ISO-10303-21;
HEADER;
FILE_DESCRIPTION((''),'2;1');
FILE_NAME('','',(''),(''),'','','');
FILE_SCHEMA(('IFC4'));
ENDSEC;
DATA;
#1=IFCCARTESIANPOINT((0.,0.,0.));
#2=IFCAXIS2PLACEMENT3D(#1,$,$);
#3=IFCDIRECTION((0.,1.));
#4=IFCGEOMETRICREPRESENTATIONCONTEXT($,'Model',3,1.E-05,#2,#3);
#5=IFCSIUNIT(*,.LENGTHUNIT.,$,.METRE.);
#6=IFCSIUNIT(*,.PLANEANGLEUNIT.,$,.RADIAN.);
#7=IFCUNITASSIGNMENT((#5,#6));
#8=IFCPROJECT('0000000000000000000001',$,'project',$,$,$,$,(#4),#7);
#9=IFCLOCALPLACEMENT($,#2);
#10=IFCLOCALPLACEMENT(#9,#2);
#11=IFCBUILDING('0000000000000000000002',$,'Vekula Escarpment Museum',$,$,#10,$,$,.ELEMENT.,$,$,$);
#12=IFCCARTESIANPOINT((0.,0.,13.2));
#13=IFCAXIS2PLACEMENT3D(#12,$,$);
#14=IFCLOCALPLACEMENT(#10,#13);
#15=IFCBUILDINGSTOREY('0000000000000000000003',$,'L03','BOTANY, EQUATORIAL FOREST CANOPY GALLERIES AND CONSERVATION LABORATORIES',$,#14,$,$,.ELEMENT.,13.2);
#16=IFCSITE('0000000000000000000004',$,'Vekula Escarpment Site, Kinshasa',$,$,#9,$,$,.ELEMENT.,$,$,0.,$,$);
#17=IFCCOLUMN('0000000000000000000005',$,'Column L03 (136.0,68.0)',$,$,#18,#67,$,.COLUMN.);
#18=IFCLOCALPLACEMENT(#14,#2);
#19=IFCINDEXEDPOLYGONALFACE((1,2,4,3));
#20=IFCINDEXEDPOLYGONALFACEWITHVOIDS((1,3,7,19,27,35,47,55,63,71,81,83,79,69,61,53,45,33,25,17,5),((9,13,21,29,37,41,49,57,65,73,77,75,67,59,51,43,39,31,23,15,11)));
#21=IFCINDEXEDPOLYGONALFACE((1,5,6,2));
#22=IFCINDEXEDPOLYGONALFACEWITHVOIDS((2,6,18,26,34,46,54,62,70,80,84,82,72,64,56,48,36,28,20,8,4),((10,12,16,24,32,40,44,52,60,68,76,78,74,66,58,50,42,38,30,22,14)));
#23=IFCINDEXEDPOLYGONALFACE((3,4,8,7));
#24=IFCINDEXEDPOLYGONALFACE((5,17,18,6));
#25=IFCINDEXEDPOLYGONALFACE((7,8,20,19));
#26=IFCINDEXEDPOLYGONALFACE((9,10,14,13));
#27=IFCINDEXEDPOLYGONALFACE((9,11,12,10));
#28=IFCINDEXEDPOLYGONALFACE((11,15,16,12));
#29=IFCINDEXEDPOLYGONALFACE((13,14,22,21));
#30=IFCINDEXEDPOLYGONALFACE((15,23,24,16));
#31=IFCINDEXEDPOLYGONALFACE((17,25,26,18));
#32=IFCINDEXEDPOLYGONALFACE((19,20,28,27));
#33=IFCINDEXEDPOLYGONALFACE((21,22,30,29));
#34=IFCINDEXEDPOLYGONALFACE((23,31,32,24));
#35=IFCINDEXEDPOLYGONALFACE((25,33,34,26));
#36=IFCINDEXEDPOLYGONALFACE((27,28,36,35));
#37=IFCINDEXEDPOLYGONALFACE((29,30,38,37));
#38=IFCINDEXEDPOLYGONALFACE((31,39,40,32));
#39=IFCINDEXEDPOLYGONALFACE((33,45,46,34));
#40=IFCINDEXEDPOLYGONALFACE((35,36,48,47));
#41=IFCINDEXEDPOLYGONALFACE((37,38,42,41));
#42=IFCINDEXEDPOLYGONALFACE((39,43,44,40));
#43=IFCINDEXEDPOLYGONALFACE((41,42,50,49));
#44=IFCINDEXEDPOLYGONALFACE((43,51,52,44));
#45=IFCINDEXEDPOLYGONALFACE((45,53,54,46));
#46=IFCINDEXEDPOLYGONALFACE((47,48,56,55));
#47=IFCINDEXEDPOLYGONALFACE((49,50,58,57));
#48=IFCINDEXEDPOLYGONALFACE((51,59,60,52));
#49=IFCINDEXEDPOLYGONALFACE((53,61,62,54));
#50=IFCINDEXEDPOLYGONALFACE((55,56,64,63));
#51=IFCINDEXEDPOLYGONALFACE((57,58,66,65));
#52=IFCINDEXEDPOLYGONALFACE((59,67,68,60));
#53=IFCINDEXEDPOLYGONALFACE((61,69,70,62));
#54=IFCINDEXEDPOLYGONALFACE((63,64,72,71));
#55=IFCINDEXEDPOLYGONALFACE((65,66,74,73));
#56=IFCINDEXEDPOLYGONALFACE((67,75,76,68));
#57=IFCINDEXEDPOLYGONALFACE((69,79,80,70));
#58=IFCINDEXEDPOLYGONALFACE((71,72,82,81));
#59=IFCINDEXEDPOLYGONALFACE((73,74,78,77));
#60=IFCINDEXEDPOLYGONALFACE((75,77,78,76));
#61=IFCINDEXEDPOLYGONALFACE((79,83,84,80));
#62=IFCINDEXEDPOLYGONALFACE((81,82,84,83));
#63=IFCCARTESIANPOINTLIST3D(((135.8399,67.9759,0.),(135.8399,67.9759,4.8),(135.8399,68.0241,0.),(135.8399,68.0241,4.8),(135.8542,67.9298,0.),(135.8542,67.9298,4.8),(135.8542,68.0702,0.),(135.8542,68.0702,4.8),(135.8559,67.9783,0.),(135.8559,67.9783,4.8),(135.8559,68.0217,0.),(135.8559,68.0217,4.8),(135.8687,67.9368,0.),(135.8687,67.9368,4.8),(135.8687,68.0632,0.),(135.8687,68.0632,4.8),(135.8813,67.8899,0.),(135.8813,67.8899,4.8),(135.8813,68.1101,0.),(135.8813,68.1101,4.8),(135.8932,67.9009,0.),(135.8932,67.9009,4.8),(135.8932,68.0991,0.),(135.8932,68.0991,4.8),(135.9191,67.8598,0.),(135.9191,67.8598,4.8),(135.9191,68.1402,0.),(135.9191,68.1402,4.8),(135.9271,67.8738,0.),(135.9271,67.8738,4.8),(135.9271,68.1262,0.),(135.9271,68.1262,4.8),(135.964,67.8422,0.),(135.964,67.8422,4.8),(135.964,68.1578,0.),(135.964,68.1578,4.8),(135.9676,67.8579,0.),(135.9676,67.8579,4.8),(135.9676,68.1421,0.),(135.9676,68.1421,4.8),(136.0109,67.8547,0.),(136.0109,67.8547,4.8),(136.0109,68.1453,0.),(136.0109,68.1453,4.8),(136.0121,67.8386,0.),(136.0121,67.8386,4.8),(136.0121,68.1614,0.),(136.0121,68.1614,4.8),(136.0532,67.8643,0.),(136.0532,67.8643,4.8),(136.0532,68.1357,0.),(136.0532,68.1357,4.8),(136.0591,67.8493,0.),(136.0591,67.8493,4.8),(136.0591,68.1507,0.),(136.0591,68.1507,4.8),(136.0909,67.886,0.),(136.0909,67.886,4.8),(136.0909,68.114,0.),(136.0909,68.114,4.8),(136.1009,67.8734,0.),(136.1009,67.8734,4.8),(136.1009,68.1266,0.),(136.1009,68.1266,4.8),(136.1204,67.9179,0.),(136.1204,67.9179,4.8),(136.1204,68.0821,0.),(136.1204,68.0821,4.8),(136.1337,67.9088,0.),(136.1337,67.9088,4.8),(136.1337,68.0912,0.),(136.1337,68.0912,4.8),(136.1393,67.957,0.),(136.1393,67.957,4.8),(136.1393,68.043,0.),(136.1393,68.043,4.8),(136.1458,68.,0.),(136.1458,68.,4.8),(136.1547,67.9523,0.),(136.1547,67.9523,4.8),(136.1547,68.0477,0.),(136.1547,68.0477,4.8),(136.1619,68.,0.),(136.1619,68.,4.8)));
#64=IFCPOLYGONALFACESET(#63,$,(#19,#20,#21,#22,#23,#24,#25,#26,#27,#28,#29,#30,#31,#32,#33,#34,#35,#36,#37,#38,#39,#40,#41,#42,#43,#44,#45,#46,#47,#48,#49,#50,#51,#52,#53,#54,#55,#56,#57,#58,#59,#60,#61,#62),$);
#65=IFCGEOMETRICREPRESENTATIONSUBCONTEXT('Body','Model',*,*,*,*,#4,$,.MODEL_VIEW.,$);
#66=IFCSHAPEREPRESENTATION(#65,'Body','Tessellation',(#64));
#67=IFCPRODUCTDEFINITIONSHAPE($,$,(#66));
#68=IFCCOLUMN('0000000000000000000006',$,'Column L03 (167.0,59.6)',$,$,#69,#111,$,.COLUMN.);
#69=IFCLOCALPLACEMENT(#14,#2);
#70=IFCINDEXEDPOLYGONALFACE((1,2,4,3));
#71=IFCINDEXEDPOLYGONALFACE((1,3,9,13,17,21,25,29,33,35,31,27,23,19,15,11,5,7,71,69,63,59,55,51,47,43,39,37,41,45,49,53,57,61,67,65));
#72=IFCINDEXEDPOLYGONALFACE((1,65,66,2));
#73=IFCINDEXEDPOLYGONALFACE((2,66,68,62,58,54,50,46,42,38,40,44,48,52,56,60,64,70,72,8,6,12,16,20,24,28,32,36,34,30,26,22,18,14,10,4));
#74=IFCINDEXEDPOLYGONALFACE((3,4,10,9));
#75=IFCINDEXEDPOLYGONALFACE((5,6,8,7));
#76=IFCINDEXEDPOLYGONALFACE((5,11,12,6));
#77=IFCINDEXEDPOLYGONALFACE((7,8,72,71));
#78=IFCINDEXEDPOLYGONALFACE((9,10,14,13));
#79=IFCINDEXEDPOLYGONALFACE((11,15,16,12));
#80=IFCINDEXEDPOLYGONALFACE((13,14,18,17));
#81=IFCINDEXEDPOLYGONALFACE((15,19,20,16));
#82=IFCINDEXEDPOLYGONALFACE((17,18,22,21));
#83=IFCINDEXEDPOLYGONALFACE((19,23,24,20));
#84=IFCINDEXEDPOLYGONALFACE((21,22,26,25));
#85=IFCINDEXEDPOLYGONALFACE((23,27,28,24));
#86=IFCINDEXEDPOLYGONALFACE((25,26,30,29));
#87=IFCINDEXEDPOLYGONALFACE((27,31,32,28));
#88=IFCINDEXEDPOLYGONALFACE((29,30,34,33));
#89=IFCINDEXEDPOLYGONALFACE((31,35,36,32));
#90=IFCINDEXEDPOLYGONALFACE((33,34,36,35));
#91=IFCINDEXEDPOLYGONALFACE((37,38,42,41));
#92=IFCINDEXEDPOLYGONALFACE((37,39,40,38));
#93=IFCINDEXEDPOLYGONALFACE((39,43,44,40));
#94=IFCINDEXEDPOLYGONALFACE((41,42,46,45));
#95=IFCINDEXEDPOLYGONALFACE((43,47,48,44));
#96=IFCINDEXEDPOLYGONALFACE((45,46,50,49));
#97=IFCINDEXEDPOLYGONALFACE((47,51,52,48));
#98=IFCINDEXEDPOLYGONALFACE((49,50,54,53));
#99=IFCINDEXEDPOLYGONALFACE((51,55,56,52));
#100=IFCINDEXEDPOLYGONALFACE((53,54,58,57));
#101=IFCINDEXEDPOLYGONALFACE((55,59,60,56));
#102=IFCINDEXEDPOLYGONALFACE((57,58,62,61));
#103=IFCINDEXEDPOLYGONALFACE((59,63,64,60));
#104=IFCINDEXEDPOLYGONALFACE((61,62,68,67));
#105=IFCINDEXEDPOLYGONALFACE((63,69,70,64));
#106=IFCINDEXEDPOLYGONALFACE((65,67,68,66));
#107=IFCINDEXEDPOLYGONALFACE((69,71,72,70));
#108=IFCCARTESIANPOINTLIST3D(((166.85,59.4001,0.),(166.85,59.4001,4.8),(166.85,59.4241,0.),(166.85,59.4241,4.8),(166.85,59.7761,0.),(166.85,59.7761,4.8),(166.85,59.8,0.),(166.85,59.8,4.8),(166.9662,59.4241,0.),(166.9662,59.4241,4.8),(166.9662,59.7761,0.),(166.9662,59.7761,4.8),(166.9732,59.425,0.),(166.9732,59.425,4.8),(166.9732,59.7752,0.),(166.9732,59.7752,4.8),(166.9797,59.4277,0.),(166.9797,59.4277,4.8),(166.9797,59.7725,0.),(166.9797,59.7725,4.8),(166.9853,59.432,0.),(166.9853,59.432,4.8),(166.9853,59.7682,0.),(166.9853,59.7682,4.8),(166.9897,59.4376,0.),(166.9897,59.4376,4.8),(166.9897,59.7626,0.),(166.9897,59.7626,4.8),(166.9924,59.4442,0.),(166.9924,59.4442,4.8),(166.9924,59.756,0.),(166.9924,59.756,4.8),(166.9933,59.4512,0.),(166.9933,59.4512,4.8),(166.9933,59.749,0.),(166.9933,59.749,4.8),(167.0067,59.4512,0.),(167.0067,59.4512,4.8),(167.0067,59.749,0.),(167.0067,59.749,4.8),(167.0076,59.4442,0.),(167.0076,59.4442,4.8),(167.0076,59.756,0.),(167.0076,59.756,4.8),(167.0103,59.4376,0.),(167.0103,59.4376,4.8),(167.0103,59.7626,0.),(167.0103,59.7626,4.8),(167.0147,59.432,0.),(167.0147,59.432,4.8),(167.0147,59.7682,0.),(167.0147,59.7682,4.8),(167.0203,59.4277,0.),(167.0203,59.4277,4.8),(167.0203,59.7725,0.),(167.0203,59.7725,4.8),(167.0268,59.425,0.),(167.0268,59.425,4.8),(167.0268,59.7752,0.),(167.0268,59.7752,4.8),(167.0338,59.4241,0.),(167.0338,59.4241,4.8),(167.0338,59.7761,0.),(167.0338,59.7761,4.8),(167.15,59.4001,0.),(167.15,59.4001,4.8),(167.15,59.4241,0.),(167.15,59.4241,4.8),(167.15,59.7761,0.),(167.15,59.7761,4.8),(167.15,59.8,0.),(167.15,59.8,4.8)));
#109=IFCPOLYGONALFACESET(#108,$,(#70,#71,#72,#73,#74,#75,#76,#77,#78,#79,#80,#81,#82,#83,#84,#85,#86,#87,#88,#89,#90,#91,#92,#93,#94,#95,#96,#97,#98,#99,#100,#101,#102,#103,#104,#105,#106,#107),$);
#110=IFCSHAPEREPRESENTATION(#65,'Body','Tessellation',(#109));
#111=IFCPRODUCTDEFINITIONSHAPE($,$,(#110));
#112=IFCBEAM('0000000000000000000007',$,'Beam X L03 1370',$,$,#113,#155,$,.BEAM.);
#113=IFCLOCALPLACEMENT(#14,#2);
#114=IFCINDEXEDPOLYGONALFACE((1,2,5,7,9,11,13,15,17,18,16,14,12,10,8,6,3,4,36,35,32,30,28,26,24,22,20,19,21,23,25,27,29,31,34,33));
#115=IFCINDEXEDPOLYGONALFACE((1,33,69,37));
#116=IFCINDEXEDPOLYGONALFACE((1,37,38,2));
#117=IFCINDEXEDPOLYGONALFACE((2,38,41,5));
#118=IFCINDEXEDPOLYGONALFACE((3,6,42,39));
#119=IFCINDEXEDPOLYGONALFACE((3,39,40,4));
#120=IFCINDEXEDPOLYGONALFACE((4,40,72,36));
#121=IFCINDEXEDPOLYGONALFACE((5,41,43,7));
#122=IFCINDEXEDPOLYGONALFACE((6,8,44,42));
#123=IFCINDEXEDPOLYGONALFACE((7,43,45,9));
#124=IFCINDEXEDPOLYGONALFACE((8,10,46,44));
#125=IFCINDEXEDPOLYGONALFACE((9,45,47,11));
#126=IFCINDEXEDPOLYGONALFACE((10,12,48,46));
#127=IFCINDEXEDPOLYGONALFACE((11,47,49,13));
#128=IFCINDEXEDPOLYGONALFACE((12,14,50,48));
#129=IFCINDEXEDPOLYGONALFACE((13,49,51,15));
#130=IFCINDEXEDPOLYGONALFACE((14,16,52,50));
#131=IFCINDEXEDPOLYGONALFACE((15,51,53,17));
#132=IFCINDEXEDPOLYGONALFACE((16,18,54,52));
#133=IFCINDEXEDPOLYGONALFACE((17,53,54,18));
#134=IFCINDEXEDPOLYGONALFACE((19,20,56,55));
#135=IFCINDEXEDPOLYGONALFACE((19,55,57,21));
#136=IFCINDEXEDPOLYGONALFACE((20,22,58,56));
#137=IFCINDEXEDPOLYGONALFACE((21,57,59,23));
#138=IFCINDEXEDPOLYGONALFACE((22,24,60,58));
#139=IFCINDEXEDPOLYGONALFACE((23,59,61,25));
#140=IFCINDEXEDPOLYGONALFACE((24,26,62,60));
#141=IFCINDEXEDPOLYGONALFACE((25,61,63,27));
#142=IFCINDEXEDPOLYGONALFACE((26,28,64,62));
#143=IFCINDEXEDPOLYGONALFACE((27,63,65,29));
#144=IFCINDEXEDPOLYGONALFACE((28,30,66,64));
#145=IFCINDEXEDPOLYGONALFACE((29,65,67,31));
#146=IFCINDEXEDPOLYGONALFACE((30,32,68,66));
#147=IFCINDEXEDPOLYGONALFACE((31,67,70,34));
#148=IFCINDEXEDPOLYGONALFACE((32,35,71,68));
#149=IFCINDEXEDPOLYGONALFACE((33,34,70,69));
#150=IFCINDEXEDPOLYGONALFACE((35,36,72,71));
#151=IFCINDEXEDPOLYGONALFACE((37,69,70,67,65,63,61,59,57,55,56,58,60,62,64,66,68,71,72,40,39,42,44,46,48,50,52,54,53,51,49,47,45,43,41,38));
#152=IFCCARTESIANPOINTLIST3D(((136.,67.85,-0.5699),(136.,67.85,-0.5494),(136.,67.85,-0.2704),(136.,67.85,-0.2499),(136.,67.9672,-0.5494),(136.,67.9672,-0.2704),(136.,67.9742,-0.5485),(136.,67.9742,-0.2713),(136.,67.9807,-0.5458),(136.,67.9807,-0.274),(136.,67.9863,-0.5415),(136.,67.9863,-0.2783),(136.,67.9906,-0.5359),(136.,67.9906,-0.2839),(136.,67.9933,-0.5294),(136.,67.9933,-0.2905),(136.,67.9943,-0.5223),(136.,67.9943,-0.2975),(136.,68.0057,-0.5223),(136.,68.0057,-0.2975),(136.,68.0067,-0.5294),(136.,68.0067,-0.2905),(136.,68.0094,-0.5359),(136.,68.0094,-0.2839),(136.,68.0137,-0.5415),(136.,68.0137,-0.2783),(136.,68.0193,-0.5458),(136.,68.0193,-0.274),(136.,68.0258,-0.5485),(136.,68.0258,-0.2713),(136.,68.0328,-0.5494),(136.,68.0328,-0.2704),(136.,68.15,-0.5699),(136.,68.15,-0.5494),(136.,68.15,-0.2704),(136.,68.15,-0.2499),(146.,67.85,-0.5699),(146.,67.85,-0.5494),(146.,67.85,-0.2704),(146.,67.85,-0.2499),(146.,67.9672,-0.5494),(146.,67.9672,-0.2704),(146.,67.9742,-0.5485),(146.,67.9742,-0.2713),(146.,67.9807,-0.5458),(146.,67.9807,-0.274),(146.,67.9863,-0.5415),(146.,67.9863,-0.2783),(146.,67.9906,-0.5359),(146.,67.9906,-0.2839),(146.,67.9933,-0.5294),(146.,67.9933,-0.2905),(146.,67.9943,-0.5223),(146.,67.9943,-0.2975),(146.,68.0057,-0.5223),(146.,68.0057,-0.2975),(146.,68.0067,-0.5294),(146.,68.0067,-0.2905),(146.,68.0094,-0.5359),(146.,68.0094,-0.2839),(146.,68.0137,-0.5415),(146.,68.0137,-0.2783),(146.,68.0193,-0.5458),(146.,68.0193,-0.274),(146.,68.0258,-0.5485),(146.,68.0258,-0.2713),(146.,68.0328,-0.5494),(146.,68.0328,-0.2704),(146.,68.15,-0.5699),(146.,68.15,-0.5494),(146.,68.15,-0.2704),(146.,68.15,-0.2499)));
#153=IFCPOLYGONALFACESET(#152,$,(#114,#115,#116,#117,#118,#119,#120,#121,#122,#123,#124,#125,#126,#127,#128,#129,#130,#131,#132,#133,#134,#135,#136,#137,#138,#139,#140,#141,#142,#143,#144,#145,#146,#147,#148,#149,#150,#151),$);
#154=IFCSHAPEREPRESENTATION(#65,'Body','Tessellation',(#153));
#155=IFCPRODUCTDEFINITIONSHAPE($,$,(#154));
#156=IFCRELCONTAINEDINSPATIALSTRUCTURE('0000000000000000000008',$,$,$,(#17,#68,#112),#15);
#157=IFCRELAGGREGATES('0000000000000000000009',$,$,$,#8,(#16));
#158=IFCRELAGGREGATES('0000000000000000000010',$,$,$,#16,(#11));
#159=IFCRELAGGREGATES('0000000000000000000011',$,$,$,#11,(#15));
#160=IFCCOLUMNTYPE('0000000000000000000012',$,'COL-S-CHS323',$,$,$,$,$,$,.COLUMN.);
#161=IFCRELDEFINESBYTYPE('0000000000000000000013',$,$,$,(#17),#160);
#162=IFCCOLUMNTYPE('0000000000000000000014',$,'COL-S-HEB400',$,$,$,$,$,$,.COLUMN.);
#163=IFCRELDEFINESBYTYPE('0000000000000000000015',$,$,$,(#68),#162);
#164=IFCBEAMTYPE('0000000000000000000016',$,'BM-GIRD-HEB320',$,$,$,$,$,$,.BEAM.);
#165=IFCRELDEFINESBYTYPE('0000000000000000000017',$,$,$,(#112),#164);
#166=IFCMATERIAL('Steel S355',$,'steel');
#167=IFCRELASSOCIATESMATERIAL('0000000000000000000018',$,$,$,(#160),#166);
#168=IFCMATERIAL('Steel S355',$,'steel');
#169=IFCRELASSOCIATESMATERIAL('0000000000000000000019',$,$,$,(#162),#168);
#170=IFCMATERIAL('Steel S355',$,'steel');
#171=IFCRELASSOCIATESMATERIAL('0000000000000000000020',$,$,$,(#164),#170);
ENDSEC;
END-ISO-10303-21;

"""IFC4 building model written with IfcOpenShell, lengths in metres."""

from ifc_helpers import new_model, si_unit, direction, frame, origin, origin_2d, place, context, subcontext, project, spatial, hollow_circle, i_section, extrude, material, material_profile, profile_set, type_object, element, save


model = new_model("IFC4")

# Units and contexts
model_context = context("Model", 3, precision=1e-05, world=origin(), true_north=direction((0.0, 1.0)))
body_context = subcontext(model_context, "Body", "Model", "MODEL_VIEW")
ifc_project = project(units=[si_unit("LENGTHUNIT", "METRE"), si_unit("PLANEANGLEUNIT", "RADIAN")], contexts=[model_context])

# Site, building, storey
site_placement = place(None, origin())
site = spatial("IfcSite", under=ifc_project, at=site_placement, Name="Vekula Escarpment Site, Kinshasa", CompositionType="ELEMENT", RefElevation=0.0)
building_placement = place(site_placement, origin())
building = spatial("IfcBuilding", under=site, at=building_placement, Name="Vekula Escarpment Museum", CompositionType="ELEMENT")
storey_placement = place(building_placement, frame((0.0, 0.0, 13.2)))
storey = spatial("IfcBuildingStorey", under=building, at=storey_placement, Name="L03", Description="BOTANY, EQUATORIAL FOREST CANOPY GALLERIES AND CONSERVATION LABORATORIES", CompositionType="ELEMENT", Elevation=13.2)

# Columns
ifc_material_1 = material(Name="Steel S355", Category="steel")
ifc_material_profile_1 = material_profile(ifc_material_1, hollow_circle(Radius=0.1619, WallThickness=0.0161, at=origin_2d()), Name="CHS 323.9x16")
ifc_profile_set_1 = profile_set([ifc_material_profile_1], Name="Steel S355")
column_type_1 = type_object("IfcColumnType", Name="COL-S-CHS323", PredefinedType="COLUMN", material=ifc_profile_set_1)
column_1_placement = place(storey_placement, frame((136.0, 68.0, 0.0), z_axis=(0.0, 0.0, 1.0), x_axis=(1.0, 0.0, 0.0)))
element("IfcColumn", 1, at=column_1_placement, inside=storey, type_object=column_type_1, Name="Column L03 (136.0,68.0)", PredefinedType="COLUMN", context=body_context, shape_type="SweptSolid", body=[
    extrude(hollow_circle(Radius=0.1619, WallThickness=0.0161, at=origin_2d()), origin(), (0.0, 0.0, 1.0), 4.8),
])
ifc_material_2 = material(Name="Steel S355", Category="steel")
ifc_material_profile_2 = material_profile(ifc_material_2, i_section(OverallWidth=0.3, OverallDepth=0.3999, WebThickness=0.0134, FlangeThickness=0.0239, FilletRadius=0.0271, at=origin_2d()), Name="HEB 400")
ifc_profile_set_2 = profile_set([ifc_material_profile_2], Name="Steel S355")
column_type_2 = type_object("IfcColumnType", Name="COL-S-HEB400", PredefinedType="COLUMN", material=ifc_profile_set_2)
column_2_placement = place(storey_placement, frame((167.0, 59.6001, 0.0), z_axis=(0.0, 0.0, 1.0), x_axis=(1.0, 0.0, 0.0)))
element("IfcColumn", 2, at=column_2_placement, inside=storey, type_object=column_type_2, Name="Column L03 (167.0,59.6)", PredefinedType="COLUMN", context=body_context, shape_type="SweptSolid", body=[
    extrude(i_section(OverallWidth=0.3, OverallDepth=0.3999, WebThickness=0.0134, FlangeThickness=0.0239, FilletRadius=0.0271, at=origin_2d()), origin(), (0.0, 0.0, 1.0), 4.8),
])

# Beam
ifc_material_3 = material(Name="Steel S355", Category="steel")
ifc_material_profile_3 = material_profile(ifc_material_3, i_section(OverallWidth=0.3, OverallDepth=0.3201, WebThickness=0.0115, FlangeThickness=0.0205, FilletRadius=0.0271, at=origin_2d()), Name="HEB 320")
ifc_profile_set_3 = profile_set([ifc_material_profile_3], Name="Steel S355")
beam_type_1 = type_object("IfcBeamType", Name="BM-GIRD-HEB320", PredefinedType="BEAM", material=ifc_profile_set_3)
beam_1_placement = place(storey_placement, frame((136.0, 68.0, -0.4099), z_axis=(1.0, 0.0, 0.0), x_axis=(0.0, 1.0, 0.0)))
element("IfcBeam", 3, at=beam_1_placement, inside=storey, type_object=beam_type_1, Name="Beam X L03 1370", PredefinedType="BEAM", context=body_context, shape_type="SweptSolid", body=[
    extrude(i_section(OverallWidth=0.3, OverallDepth=0.3201, WebThickness=0.0115, FlangeThickness=0.0205, FilletRadius=0.0271, at=origin_2d()), origin(), (0.0, 0.0, 1.0), 10.0),
])

save(model, "model.ifc")
